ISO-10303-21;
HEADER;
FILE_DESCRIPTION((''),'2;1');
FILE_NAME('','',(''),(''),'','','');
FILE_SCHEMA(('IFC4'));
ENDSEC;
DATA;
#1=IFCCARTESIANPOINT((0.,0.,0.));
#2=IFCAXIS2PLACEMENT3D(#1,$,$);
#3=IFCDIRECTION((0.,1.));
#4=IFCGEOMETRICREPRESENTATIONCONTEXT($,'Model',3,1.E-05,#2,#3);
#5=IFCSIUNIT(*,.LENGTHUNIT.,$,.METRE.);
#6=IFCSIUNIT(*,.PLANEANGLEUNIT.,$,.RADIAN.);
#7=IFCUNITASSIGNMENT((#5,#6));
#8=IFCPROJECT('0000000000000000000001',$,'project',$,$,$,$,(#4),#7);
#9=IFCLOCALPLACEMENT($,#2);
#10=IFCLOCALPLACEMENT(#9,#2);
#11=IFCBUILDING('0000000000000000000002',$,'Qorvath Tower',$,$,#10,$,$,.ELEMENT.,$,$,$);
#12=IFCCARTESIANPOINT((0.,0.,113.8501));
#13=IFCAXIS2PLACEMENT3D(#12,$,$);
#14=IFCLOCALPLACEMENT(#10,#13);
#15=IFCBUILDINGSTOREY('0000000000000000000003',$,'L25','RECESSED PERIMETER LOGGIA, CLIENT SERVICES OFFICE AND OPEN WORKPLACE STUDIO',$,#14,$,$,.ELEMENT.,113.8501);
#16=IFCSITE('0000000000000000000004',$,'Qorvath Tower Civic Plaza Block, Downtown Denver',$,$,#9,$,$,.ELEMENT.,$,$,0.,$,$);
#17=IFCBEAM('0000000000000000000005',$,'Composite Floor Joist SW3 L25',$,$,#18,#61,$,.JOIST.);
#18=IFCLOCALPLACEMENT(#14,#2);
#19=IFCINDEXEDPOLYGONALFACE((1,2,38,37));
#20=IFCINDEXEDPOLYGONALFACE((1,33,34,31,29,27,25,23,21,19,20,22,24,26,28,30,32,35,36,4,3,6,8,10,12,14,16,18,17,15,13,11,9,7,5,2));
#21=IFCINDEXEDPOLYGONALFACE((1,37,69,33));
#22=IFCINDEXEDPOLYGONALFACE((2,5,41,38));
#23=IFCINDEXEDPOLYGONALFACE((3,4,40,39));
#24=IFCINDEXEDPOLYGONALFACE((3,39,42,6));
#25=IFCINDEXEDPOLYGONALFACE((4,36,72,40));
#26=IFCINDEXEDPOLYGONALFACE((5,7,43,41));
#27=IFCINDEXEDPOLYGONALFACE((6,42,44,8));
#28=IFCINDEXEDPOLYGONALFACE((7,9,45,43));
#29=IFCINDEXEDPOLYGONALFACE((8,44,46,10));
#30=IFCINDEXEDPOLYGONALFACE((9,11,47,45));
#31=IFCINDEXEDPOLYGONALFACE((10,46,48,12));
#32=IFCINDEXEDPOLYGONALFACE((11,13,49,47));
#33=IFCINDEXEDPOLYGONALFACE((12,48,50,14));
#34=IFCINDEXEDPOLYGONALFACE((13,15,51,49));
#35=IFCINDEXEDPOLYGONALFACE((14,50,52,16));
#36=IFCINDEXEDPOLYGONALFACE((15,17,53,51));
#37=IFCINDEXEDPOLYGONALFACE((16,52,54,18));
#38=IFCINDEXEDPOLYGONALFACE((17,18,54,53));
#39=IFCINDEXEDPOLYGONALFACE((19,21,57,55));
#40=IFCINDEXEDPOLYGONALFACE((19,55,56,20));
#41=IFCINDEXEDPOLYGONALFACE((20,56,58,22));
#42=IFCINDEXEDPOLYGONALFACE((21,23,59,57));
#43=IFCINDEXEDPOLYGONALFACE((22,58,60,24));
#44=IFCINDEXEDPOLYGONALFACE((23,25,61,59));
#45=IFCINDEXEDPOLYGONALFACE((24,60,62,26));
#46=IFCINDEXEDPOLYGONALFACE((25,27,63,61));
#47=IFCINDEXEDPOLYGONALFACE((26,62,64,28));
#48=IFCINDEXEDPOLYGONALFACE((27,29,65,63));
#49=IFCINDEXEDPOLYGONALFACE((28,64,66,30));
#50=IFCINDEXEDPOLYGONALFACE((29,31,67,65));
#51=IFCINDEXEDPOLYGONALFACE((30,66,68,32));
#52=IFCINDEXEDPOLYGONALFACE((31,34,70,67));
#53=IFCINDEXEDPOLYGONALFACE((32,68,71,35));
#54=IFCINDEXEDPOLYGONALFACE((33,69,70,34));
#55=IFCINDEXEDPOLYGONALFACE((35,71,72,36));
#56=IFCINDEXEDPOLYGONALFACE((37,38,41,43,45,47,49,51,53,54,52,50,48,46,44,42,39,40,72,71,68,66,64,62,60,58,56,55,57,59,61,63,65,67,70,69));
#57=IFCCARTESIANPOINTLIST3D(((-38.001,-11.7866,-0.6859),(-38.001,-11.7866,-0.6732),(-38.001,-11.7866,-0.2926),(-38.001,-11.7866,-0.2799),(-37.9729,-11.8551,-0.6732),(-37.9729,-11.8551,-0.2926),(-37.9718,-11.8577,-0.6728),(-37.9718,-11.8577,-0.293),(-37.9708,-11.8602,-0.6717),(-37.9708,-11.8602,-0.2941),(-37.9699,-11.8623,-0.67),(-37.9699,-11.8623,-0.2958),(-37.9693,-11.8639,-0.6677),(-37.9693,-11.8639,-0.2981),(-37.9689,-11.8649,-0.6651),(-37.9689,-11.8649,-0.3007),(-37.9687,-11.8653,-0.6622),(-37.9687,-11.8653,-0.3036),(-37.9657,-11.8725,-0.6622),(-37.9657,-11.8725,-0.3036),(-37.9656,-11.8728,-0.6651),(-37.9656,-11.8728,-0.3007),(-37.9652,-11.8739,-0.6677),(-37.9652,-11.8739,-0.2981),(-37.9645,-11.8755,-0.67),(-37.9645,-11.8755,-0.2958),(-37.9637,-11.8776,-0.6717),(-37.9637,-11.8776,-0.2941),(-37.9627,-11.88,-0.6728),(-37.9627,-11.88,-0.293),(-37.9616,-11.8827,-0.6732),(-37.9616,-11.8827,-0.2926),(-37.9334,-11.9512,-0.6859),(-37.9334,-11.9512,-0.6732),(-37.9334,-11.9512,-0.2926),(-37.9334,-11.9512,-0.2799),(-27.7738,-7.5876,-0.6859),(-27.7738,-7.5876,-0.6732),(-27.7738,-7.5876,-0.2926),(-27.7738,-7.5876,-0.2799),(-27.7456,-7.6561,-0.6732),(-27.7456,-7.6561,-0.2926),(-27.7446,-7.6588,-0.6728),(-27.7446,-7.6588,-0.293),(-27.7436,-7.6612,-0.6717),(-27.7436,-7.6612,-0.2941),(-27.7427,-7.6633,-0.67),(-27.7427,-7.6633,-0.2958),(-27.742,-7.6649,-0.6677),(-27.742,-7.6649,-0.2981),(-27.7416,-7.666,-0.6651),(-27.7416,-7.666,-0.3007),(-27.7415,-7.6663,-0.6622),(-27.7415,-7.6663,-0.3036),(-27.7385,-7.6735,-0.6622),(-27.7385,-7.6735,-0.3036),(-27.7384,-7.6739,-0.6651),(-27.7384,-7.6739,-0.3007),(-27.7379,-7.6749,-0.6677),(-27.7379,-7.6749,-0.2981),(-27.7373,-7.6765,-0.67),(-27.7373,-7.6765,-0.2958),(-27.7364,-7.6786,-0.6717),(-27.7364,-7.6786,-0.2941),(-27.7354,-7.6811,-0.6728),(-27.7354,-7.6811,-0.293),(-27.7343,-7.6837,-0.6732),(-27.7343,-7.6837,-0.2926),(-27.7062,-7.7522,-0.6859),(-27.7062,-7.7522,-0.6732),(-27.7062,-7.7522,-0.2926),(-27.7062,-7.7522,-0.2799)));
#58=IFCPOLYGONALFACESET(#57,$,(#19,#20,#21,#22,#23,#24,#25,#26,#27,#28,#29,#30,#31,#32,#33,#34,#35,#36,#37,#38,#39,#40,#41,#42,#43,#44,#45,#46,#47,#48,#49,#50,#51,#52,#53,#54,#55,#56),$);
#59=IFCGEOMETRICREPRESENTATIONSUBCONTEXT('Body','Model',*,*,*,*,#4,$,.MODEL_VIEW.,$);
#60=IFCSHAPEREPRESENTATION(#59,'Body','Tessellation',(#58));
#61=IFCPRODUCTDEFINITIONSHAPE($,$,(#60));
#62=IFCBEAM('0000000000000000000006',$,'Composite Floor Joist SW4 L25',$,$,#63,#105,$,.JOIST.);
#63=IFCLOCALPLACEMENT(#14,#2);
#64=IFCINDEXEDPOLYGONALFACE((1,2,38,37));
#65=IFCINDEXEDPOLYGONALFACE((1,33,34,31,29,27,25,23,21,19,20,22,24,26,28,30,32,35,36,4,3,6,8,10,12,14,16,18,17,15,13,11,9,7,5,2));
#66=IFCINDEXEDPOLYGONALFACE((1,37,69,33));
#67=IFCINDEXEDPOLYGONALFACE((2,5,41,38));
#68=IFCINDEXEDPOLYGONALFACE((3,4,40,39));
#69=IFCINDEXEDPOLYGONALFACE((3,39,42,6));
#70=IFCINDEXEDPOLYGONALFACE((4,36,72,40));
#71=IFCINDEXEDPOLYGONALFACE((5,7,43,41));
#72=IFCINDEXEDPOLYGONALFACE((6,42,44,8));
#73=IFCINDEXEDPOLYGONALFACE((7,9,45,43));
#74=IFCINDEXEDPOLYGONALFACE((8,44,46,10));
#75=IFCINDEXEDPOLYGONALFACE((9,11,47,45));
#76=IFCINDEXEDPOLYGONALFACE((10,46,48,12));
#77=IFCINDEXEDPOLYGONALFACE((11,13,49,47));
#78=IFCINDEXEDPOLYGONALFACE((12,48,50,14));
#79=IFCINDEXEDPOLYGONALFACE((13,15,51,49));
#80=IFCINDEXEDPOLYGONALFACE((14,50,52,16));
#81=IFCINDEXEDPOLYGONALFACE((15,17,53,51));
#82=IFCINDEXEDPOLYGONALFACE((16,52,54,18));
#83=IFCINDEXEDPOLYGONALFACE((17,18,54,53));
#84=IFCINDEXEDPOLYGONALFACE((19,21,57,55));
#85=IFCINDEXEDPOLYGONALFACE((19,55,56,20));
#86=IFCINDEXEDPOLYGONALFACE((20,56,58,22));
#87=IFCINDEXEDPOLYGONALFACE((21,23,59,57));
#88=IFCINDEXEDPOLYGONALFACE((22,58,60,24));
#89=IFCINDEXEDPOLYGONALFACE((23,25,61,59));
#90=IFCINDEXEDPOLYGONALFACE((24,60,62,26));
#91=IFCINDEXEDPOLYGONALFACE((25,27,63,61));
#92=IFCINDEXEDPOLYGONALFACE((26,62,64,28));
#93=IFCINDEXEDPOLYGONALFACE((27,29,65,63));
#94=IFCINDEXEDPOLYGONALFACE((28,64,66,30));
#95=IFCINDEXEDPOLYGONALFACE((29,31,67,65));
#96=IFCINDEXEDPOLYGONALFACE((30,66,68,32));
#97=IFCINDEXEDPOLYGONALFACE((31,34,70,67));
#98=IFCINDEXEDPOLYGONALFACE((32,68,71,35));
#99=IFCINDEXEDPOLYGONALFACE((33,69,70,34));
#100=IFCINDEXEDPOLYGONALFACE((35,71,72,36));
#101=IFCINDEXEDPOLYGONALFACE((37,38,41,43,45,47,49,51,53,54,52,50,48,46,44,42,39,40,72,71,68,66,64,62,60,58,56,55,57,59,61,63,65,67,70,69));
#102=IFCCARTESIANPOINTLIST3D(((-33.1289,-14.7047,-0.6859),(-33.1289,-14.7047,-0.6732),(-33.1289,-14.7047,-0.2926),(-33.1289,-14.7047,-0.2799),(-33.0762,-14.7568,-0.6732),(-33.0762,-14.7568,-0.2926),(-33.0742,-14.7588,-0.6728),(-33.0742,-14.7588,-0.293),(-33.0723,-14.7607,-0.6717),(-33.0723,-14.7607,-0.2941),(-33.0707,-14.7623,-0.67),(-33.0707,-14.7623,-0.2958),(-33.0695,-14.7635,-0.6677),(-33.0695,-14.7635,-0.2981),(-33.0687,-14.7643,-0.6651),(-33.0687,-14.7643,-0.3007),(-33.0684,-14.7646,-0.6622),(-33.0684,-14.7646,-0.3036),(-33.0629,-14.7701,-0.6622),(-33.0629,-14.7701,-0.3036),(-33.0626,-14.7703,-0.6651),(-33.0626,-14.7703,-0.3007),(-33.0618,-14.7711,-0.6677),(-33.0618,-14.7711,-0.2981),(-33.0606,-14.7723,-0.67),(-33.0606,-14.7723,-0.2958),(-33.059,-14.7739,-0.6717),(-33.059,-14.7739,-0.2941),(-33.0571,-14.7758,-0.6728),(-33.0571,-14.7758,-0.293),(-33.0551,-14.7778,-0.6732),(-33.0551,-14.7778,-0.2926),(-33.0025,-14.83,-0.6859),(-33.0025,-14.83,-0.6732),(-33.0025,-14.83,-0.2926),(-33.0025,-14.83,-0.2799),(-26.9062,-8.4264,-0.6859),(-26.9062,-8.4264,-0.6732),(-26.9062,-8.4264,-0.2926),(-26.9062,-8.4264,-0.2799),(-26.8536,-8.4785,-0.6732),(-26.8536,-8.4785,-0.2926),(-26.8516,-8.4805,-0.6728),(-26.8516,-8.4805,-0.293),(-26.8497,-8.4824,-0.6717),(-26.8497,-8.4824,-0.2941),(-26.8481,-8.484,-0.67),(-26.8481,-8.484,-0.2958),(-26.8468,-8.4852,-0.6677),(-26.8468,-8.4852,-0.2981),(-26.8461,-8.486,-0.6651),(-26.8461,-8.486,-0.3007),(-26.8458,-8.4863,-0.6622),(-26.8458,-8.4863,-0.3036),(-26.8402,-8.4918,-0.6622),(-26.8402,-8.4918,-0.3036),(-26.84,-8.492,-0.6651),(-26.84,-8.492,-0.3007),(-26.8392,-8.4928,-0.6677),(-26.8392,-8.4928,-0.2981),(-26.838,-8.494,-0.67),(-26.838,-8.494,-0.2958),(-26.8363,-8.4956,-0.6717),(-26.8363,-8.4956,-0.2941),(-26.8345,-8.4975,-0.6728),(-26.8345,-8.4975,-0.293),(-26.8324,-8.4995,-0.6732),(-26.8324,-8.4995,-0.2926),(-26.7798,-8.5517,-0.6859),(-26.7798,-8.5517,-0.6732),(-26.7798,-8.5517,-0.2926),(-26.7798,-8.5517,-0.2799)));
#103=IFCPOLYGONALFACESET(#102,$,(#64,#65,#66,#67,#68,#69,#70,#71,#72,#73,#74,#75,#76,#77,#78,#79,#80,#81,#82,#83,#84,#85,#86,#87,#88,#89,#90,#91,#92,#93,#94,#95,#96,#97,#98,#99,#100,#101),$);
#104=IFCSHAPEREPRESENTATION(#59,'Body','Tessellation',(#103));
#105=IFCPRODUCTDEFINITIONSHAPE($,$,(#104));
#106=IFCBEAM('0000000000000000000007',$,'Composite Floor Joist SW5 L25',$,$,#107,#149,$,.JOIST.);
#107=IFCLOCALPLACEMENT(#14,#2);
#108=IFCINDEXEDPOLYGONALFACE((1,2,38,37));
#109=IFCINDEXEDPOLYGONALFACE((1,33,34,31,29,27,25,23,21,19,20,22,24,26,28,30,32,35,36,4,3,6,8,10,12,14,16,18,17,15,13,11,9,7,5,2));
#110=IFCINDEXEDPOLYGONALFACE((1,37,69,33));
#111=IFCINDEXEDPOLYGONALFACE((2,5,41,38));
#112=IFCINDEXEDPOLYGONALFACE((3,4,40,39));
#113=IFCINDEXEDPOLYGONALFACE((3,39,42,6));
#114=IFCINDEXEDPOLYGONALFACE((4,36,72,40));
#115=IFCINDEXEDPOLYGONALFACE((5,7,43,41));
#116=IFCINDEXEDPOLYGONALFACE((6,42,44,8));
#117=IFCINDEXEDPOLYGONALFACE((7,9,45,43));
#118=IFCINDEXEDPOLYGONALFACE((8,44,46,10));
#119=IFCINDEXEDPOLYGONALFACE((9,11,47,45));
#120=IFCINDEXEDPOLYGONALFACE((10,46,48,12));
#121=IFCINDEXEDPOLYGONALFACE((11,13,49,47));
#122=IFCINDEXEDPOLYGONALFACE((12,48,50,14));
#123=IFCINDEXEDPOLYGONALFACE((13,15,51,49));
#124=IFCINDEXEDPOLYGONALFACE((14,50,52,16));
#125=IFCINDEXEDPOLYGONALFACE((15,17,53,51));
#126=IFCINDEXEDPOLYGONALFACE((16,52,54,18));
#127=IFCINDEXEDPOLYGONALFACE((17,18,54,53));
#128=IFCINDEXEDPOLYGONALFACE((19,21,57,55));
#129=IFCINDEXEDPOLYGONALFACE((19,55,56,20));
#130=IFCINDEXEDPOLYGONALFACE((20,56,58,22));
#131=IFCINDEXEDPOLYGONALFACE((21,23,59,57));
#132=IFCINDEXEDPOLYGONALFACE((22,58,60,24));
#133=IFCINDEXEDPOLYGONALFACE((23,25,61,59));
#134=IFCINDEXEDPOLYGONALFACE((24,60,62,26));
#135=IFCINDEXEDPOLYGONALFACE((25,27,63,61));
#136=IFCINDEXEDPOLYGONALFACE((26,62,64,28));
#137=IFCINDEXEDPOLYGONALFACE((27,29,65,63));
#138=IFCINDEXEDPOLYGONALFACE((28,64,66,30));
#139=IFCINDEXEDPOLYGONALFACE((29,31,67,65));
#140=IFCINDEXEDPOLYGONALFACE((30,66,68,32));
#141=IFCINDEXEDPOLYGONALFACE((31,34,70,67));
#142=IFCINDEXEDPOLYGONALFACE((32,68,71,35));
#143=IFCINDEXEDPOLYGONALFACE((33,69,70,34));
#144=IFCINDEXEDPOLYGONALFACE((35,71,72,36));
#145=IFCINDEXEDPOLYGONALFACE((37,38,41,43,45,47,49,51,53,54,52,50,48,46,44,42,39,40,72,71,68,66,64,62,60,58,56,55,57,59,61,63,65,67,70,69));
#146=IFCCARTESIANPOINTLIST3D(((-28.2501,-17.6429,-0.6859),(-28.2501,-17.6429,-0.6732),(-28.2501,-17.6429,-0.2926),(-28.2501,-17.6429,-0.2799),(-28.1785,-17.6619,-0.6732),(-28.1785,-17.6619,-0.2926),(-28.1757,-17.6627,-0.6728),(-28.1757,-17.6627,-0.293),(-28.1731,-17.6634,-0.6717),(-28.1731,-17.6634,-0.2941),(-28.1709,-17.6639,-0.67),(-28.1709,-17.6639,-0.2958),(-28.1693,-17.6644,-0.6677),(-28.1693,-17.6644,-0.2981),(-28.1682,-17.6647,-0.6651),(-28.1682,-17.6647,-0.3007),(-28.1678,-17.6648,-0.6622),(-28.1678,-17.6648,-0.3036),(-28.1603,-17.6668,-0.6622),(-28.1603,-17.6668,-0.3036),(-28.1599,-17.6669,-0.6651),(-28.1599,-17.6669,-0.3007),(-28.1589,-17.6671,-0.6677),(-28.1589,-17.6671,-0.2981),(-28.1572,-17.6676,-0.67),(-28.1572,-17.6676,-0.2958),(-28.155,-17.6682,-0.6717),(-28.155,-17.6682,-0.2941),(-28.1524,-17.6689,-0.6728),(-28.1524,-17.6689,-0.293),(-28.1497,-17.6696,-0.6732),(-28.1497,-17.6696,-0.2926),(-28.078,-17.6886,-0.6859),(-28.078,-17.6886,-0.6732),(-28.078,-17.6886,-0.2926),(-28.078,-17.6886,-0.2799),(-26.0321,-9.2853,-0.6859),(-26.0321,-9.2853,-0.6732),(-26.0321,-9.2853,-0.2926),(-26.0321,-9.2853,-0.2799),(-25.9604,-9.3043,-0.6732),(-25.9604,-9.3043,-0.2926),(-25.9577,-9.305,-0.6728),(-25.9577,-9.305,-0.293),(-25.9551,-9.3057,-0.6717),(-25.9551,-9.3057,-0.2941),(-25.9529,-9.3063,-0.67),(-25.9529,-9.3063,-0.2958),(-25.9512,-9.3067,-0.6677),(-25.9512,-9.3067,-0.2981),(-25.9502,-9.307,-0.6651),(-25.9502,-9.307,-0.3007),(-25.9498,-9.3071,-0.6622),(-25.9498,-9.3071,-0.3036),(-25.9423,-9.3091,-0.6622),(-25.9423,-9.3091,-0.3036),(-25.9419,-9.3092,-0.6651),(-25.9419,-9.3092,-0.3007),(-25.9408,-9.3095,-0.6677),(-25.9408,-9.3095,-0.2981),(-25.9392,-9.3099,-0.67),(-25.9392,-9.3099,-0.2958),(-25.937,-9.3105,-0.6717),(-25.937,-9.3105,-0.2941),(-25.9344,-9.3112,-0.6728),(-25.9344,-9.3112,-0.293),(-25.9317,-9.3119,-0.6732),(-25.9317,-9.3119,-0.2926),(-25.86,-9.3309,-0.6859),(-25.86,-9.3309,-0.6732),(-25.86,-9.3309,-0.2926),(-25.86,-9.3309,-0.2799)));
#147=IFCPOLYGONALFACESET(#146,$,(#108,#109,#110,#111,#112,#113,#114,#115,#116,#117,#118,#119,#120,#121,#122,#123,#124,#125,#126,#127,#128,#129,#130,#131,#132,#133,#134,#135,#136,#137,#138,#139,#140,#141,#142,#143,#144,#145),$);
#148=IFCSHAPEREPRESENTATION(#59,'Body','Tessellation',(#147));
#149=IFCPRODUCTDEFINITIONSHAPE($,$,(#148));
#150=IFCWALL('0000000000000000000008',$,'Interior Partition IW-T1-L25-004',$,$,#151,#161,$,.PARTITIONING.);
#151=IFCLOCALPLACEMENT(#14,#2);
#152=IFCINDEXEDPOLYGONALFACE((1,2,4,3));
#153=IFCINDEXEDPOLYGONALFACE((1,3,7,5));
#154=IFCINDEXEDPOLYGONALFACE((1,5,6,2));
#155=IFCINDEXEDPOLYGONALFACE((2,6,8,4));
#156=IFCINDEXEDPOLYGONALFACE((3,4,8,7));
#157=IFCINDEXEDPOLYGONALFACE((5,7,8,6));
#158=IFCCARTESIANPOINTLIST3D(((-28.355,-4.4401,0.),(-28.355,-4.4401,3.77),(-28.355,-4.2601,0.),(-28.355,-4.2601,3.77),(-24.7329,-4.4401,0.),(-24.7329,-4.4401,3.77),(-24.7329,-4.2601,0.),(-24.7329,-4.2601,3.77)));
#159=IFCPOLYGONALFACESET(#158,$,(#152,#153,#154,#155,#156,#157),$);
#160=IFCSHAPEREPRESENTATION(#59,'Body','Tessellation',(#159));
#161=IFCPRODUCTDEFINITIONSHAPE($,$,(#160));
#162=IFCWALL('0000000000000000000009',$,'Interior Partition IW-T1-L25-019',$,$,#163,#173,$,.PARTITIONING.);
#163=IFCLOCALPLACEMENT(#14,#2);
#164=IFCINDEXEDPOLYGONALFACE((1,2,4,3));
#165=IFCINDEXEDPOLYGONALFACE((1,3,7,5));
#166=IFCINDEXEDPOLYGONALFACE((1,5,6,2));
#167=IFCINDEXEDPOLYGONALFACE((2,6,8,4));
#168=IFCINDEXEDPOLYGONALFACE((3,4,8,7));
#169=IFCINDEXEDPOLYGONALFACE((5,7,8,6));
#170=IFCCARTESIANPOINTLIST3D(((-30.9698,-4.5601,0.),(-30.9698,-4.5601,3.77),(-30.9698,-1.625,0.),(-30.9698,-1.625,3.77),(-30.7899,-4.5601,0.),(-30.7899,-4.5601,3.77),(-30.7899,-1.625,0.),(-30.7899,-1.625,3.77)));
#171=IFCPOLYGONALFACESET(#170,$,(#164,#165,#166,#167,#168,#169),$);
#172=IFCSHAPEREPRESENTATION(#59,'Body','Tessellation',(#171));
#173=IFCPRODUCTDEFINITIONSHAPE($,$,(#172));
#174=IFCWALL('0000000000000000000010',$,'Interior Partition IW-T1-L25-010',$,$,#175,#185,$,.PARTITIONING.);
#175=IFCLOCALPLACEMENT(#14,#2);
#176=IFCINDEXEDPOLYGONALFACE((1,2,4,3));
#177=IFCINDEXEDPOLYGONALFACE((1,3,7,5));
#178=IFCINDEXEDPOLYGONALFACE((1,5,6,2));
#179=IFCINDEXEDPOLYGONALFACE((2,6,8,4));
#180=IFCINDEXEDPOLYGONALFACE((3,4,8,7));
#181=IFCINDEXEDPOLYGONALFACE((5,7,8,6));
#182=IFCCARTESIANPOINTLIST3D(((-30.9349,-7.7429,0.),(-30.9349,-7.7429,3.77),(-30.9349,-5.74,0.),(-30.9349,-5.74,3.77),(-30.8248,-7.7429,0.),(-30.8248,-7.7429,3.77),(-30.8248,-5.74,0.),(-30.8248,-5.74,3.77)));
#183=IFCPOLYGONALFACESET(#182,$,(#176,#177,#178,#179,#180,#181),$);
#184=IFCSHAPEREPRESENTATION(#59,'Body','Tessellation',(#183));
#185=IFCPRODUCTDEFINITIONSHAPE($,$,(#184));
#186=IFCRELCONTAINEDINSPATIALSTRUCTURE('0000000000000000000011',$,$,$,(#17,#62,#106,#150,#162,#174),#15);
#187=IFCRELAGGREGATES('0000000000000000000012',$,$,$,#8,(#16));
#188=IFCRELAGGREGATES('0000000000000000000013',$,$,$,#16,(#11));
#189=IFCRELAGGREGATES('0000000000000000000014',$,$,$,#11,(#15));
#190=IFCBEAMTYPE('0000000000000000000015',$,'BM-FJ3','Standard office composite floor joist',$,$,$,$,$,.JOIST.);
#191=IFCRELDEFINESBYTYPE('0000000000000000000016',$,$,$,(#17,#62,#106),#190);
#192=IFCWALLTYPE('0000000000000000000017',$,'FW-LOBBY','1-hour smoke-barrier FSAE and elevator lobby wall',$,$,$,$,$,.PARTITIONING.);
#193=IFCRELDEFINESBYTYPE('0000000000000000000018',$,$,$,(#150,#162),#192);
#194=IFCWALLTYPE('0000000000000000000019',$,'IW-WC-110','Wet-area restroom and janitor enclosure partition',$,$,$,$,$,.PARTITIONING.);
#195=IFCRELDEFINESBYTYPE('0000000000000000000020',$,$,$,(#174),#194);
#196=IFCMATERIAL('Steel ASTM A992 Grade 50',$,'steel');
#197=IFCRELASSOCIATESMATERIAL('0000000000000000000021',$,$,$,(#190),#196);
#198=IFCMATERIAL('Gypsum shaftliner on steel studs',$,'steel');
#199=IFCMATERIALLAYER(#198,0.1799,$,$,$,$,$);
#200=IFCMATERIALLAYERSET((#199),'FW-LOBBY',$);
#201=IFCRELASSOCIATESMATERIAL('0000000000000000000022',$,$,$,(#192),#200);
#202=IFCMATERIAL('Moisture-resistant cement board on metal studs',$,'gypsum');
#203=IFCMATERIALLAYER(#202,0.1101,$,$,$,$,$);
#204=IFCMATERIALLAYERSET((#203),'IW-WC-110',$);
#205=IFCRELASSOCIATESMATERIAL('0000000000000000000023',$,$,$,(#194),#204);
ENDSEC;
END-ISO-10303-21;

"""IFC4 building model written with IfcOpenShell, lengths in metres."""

from ifc_helpers import new_model, si_unit, direction, frame, frame_2d, origin, origin_2d, place, context, subcontext, project, spatial, rectangle, i_section, extrude, material, layer, layer_set, material_profile, profile_set, type_object, element, save


model = new_model("IFC4")

# Units and contexts
model_context = context("Model", 3, precision=1e-05, world=origin(), true_north=direction((0.0, 1.0)))
body_context = subcontext(model_context, "Body", "Model", "MODEL_VIEW")
ifc_project = project(units=[si_unit("LENGTHUNIT", "METRE"), si_unit("PLANEANGLEUNIT", "RADIAN")], contexts=[model_context])

# Site, building, storey
site_placement = place(None, origin())
site = spatial("IfcSite", under=ifc_project, at=site_placement, Name="Qorvath Tower Civic Plaza Block, Downtown Denver", CompositionType="ELEMENT", RefElevation=0.0)
building_placement = place(site_placement, origin())
building = spatial("IfcBuilding", under=site, at=building_placement, Name="Qorvath Tower", CompositionType="ELEMENT")
storey_placement = place(building_placement, frame((0.0, 0.0, 113.8501)))
storey = spatial("IfcBuildingStorey", under=building, at=storey_placement, Name="L25", Description="RECESSED PERIMETER LOGGIA, CLIENT SERVICES OFFICE AND OPEN WORKPLACE STUDIO", CompositionType="ELEMENT", Elevation=113.8501)

# Beams
ifc_material_1 = material(Name="Steel ASTM A992 Grade 50", Category="steel")
ifc_material_profile_1 = material_profile(ifc_material_1, i_section(OverallWidth=0.178, OverallDepth=0.406, WebThickness=0.0078, FlangeThickness=0.0127, FilletRadius=0.011, at=origin_2d()), Name="W16x40")
ifc_profile_set_1 = profile_set([ifc_material_profile_1], Name="Steel ASTM A992 Grade 50")
beam_type_1 = type_object("IfcBeamType", Name="BM-FJ3", Description="Standard office composite floor joist", PredefinedType="JOIST", material=ifc_profile_set_1)
beam_1_placement = place(storey_placement, frame((-27.74, -7.6699, -0.4829), z_axis=(-0.925068, -0.379801, 0.0), x_axis=(0.379801, -0.925068, 0.0)))
element("IfcBeam", 1, at=beam_1_placement, inside=storey, type_object=beam_type_1, Name="Composite Floor Joist SW3 L25", PredefinedType="JOIST", context=body_context, shape_type="SweptSolid", body=[
    extrude(i_section(OverallWidth=0.178, OverallDepth=0.406, WebThickness=0.0078, FlangeThickness=0.0127, FilletRadius=0.011, at=origin_2d()), origin(), (0.0, 0.0, 1.0), 11.0557),
])
beam_2_placement = place(storey_placement, frame((-26.843, -8.489, -0.4829), z_axis=(-0.703951, -0.710248, 0.0), x_axis=(0.710248, -0.703951, 0.0)))
element("IfcBeam", 2, at=beam_2_placement, inside=storey, type_object=beam_type_1, Name="Composite Floor Joist SW4 L25", PredefinedType="JOIST", context=body_context, shape_type="SweptSolid", body=[
    extrude(i_section(OverallWidth=0.178, OverallDepth=0.406, WebThickness=0.0078, FlangeThickness=0.0127, FilletRadius=0.011, at=origin_2d()), origin(), (0.0, 0.0, 1.0), 8.8396),
])
beam_3_placement = place(storey_placement, frame((-25.946, -9.3081, -0.4829), z_axis=(-0.256508, -0.966542, 0.0), x_axis=(0.966542, -0.256508, 0.0)))
element("IfcBeam", 3, at=beam_3_placement, inside=storey, type_object=beam_type_1, Name="Composite Floor Joist SW5 L25", PredefinedType="JOIST", context=body_context, shape_type="SweptSolid", body=[
    extrude(i_section(OverallWidth=0.178, OverallDepth=0.406, WebThickness=0.0078, FlangeThickness=0.0127, FilletRadius=0.011, at=origin_2d()), origin(), (0.0, 0.0, 1.0), 8.647),
])

# Shared definitions
ifc_material_2 = material(Name="Gypsum shaftliner on steel studs", Category="steel")
ifc_layer_1 = layer(ifc_material_2, 0.1799)
ifc_layer_set_1 = layer_set([ifc_layer_1], Name="FW-LOBBY")
wall_type_1 = type_object("IfcWallType", Name="FW-LOBBY", Description="1-hour smoke-barrier FSAE and elevator lobby wall", PredefinedType="PARTITIONING", material=ifc_layer_set_1)

# Walls
wall_1_placement = place(storey_placement, frame((-24.7329, -4.3501, 0.0), z_axis=(0.0, 0.0, 1.0), x_axis=(-1.0, 0.0, 0.0)))
element("IfcWall", 4, at=wall_1_placement, inside=storey, type_object=wall_type_1, Name="Interior Partition IW-T1-L25-004", PredefinedType="PARTITIONING", context=body_context, shape_type="SweptSolid", body=[
    extrude(rectangle(XDim=3.6221, YDim=0.1799, at=frame_2d((1.811, 0.0))), origin(), (0.0, 0.0, 1.0), 3.77),
])
wall_2_placement = place(storey_placement, frame((-30.8799, -4.5601, 0.0), z_axis=(0.0, 0.0, 1.0), x_axis=(0.0, 1.0, 0.0)))
element("IfcWall", 5, at=wall_2_placement, inside=storey, type_object=wall_type_1, Name="Interior Partition IW-T1-L25-019", PredefinedType="PARTITIONING", context=body_context, shape_type="SweptSolid", body=[
    extrude(rectangle(XDim=2.9351, YDim=0.1799, at=frame_2d((1.4675, 0.0))), origin(), (0.0, 0.0, 1.0), 3.77),
])
ifc_material_3 = material(Name="Moisture-resistant cement board on metal studs", Category="gypsum")
ifc_layer_2 = layer(ifc_material_3, 0.1101)
ifc_layer_set_2 = layer_set([ifc_layer_2], Name="IW-WC-110")
wall_type_2 = type_object("IfcWallType", Name="IW-WC-110", Description="Wet-area restroom and janitor enclosure partition", PredefinedType="PARTITIONING", material=ifc_layer_set_2)
wall_3_placement = place(storey_placement, frame((-30.8799, -7.7429, 0.0), z_axis=(0.0, 0.0, 1.0), x_axis=(0.0, 1.0, 0.0)))
element("IfcWall", 6, at=wall_3_placement, inside=storey, type_object=wall_type_2, Name="Interior Partition IW-T1-L25-010", PredefinedType="PARTITIONING", context=body_context, shape_type="SweptSolid", body=[
    extrude(rectangle(XDim=2.0029, YDim=0.1101, at=frame_2d((1.0015, 0.0))), origin(), (0.0, 0.0, 1.0), 3.77),
])

save(model, "model.ifc")
